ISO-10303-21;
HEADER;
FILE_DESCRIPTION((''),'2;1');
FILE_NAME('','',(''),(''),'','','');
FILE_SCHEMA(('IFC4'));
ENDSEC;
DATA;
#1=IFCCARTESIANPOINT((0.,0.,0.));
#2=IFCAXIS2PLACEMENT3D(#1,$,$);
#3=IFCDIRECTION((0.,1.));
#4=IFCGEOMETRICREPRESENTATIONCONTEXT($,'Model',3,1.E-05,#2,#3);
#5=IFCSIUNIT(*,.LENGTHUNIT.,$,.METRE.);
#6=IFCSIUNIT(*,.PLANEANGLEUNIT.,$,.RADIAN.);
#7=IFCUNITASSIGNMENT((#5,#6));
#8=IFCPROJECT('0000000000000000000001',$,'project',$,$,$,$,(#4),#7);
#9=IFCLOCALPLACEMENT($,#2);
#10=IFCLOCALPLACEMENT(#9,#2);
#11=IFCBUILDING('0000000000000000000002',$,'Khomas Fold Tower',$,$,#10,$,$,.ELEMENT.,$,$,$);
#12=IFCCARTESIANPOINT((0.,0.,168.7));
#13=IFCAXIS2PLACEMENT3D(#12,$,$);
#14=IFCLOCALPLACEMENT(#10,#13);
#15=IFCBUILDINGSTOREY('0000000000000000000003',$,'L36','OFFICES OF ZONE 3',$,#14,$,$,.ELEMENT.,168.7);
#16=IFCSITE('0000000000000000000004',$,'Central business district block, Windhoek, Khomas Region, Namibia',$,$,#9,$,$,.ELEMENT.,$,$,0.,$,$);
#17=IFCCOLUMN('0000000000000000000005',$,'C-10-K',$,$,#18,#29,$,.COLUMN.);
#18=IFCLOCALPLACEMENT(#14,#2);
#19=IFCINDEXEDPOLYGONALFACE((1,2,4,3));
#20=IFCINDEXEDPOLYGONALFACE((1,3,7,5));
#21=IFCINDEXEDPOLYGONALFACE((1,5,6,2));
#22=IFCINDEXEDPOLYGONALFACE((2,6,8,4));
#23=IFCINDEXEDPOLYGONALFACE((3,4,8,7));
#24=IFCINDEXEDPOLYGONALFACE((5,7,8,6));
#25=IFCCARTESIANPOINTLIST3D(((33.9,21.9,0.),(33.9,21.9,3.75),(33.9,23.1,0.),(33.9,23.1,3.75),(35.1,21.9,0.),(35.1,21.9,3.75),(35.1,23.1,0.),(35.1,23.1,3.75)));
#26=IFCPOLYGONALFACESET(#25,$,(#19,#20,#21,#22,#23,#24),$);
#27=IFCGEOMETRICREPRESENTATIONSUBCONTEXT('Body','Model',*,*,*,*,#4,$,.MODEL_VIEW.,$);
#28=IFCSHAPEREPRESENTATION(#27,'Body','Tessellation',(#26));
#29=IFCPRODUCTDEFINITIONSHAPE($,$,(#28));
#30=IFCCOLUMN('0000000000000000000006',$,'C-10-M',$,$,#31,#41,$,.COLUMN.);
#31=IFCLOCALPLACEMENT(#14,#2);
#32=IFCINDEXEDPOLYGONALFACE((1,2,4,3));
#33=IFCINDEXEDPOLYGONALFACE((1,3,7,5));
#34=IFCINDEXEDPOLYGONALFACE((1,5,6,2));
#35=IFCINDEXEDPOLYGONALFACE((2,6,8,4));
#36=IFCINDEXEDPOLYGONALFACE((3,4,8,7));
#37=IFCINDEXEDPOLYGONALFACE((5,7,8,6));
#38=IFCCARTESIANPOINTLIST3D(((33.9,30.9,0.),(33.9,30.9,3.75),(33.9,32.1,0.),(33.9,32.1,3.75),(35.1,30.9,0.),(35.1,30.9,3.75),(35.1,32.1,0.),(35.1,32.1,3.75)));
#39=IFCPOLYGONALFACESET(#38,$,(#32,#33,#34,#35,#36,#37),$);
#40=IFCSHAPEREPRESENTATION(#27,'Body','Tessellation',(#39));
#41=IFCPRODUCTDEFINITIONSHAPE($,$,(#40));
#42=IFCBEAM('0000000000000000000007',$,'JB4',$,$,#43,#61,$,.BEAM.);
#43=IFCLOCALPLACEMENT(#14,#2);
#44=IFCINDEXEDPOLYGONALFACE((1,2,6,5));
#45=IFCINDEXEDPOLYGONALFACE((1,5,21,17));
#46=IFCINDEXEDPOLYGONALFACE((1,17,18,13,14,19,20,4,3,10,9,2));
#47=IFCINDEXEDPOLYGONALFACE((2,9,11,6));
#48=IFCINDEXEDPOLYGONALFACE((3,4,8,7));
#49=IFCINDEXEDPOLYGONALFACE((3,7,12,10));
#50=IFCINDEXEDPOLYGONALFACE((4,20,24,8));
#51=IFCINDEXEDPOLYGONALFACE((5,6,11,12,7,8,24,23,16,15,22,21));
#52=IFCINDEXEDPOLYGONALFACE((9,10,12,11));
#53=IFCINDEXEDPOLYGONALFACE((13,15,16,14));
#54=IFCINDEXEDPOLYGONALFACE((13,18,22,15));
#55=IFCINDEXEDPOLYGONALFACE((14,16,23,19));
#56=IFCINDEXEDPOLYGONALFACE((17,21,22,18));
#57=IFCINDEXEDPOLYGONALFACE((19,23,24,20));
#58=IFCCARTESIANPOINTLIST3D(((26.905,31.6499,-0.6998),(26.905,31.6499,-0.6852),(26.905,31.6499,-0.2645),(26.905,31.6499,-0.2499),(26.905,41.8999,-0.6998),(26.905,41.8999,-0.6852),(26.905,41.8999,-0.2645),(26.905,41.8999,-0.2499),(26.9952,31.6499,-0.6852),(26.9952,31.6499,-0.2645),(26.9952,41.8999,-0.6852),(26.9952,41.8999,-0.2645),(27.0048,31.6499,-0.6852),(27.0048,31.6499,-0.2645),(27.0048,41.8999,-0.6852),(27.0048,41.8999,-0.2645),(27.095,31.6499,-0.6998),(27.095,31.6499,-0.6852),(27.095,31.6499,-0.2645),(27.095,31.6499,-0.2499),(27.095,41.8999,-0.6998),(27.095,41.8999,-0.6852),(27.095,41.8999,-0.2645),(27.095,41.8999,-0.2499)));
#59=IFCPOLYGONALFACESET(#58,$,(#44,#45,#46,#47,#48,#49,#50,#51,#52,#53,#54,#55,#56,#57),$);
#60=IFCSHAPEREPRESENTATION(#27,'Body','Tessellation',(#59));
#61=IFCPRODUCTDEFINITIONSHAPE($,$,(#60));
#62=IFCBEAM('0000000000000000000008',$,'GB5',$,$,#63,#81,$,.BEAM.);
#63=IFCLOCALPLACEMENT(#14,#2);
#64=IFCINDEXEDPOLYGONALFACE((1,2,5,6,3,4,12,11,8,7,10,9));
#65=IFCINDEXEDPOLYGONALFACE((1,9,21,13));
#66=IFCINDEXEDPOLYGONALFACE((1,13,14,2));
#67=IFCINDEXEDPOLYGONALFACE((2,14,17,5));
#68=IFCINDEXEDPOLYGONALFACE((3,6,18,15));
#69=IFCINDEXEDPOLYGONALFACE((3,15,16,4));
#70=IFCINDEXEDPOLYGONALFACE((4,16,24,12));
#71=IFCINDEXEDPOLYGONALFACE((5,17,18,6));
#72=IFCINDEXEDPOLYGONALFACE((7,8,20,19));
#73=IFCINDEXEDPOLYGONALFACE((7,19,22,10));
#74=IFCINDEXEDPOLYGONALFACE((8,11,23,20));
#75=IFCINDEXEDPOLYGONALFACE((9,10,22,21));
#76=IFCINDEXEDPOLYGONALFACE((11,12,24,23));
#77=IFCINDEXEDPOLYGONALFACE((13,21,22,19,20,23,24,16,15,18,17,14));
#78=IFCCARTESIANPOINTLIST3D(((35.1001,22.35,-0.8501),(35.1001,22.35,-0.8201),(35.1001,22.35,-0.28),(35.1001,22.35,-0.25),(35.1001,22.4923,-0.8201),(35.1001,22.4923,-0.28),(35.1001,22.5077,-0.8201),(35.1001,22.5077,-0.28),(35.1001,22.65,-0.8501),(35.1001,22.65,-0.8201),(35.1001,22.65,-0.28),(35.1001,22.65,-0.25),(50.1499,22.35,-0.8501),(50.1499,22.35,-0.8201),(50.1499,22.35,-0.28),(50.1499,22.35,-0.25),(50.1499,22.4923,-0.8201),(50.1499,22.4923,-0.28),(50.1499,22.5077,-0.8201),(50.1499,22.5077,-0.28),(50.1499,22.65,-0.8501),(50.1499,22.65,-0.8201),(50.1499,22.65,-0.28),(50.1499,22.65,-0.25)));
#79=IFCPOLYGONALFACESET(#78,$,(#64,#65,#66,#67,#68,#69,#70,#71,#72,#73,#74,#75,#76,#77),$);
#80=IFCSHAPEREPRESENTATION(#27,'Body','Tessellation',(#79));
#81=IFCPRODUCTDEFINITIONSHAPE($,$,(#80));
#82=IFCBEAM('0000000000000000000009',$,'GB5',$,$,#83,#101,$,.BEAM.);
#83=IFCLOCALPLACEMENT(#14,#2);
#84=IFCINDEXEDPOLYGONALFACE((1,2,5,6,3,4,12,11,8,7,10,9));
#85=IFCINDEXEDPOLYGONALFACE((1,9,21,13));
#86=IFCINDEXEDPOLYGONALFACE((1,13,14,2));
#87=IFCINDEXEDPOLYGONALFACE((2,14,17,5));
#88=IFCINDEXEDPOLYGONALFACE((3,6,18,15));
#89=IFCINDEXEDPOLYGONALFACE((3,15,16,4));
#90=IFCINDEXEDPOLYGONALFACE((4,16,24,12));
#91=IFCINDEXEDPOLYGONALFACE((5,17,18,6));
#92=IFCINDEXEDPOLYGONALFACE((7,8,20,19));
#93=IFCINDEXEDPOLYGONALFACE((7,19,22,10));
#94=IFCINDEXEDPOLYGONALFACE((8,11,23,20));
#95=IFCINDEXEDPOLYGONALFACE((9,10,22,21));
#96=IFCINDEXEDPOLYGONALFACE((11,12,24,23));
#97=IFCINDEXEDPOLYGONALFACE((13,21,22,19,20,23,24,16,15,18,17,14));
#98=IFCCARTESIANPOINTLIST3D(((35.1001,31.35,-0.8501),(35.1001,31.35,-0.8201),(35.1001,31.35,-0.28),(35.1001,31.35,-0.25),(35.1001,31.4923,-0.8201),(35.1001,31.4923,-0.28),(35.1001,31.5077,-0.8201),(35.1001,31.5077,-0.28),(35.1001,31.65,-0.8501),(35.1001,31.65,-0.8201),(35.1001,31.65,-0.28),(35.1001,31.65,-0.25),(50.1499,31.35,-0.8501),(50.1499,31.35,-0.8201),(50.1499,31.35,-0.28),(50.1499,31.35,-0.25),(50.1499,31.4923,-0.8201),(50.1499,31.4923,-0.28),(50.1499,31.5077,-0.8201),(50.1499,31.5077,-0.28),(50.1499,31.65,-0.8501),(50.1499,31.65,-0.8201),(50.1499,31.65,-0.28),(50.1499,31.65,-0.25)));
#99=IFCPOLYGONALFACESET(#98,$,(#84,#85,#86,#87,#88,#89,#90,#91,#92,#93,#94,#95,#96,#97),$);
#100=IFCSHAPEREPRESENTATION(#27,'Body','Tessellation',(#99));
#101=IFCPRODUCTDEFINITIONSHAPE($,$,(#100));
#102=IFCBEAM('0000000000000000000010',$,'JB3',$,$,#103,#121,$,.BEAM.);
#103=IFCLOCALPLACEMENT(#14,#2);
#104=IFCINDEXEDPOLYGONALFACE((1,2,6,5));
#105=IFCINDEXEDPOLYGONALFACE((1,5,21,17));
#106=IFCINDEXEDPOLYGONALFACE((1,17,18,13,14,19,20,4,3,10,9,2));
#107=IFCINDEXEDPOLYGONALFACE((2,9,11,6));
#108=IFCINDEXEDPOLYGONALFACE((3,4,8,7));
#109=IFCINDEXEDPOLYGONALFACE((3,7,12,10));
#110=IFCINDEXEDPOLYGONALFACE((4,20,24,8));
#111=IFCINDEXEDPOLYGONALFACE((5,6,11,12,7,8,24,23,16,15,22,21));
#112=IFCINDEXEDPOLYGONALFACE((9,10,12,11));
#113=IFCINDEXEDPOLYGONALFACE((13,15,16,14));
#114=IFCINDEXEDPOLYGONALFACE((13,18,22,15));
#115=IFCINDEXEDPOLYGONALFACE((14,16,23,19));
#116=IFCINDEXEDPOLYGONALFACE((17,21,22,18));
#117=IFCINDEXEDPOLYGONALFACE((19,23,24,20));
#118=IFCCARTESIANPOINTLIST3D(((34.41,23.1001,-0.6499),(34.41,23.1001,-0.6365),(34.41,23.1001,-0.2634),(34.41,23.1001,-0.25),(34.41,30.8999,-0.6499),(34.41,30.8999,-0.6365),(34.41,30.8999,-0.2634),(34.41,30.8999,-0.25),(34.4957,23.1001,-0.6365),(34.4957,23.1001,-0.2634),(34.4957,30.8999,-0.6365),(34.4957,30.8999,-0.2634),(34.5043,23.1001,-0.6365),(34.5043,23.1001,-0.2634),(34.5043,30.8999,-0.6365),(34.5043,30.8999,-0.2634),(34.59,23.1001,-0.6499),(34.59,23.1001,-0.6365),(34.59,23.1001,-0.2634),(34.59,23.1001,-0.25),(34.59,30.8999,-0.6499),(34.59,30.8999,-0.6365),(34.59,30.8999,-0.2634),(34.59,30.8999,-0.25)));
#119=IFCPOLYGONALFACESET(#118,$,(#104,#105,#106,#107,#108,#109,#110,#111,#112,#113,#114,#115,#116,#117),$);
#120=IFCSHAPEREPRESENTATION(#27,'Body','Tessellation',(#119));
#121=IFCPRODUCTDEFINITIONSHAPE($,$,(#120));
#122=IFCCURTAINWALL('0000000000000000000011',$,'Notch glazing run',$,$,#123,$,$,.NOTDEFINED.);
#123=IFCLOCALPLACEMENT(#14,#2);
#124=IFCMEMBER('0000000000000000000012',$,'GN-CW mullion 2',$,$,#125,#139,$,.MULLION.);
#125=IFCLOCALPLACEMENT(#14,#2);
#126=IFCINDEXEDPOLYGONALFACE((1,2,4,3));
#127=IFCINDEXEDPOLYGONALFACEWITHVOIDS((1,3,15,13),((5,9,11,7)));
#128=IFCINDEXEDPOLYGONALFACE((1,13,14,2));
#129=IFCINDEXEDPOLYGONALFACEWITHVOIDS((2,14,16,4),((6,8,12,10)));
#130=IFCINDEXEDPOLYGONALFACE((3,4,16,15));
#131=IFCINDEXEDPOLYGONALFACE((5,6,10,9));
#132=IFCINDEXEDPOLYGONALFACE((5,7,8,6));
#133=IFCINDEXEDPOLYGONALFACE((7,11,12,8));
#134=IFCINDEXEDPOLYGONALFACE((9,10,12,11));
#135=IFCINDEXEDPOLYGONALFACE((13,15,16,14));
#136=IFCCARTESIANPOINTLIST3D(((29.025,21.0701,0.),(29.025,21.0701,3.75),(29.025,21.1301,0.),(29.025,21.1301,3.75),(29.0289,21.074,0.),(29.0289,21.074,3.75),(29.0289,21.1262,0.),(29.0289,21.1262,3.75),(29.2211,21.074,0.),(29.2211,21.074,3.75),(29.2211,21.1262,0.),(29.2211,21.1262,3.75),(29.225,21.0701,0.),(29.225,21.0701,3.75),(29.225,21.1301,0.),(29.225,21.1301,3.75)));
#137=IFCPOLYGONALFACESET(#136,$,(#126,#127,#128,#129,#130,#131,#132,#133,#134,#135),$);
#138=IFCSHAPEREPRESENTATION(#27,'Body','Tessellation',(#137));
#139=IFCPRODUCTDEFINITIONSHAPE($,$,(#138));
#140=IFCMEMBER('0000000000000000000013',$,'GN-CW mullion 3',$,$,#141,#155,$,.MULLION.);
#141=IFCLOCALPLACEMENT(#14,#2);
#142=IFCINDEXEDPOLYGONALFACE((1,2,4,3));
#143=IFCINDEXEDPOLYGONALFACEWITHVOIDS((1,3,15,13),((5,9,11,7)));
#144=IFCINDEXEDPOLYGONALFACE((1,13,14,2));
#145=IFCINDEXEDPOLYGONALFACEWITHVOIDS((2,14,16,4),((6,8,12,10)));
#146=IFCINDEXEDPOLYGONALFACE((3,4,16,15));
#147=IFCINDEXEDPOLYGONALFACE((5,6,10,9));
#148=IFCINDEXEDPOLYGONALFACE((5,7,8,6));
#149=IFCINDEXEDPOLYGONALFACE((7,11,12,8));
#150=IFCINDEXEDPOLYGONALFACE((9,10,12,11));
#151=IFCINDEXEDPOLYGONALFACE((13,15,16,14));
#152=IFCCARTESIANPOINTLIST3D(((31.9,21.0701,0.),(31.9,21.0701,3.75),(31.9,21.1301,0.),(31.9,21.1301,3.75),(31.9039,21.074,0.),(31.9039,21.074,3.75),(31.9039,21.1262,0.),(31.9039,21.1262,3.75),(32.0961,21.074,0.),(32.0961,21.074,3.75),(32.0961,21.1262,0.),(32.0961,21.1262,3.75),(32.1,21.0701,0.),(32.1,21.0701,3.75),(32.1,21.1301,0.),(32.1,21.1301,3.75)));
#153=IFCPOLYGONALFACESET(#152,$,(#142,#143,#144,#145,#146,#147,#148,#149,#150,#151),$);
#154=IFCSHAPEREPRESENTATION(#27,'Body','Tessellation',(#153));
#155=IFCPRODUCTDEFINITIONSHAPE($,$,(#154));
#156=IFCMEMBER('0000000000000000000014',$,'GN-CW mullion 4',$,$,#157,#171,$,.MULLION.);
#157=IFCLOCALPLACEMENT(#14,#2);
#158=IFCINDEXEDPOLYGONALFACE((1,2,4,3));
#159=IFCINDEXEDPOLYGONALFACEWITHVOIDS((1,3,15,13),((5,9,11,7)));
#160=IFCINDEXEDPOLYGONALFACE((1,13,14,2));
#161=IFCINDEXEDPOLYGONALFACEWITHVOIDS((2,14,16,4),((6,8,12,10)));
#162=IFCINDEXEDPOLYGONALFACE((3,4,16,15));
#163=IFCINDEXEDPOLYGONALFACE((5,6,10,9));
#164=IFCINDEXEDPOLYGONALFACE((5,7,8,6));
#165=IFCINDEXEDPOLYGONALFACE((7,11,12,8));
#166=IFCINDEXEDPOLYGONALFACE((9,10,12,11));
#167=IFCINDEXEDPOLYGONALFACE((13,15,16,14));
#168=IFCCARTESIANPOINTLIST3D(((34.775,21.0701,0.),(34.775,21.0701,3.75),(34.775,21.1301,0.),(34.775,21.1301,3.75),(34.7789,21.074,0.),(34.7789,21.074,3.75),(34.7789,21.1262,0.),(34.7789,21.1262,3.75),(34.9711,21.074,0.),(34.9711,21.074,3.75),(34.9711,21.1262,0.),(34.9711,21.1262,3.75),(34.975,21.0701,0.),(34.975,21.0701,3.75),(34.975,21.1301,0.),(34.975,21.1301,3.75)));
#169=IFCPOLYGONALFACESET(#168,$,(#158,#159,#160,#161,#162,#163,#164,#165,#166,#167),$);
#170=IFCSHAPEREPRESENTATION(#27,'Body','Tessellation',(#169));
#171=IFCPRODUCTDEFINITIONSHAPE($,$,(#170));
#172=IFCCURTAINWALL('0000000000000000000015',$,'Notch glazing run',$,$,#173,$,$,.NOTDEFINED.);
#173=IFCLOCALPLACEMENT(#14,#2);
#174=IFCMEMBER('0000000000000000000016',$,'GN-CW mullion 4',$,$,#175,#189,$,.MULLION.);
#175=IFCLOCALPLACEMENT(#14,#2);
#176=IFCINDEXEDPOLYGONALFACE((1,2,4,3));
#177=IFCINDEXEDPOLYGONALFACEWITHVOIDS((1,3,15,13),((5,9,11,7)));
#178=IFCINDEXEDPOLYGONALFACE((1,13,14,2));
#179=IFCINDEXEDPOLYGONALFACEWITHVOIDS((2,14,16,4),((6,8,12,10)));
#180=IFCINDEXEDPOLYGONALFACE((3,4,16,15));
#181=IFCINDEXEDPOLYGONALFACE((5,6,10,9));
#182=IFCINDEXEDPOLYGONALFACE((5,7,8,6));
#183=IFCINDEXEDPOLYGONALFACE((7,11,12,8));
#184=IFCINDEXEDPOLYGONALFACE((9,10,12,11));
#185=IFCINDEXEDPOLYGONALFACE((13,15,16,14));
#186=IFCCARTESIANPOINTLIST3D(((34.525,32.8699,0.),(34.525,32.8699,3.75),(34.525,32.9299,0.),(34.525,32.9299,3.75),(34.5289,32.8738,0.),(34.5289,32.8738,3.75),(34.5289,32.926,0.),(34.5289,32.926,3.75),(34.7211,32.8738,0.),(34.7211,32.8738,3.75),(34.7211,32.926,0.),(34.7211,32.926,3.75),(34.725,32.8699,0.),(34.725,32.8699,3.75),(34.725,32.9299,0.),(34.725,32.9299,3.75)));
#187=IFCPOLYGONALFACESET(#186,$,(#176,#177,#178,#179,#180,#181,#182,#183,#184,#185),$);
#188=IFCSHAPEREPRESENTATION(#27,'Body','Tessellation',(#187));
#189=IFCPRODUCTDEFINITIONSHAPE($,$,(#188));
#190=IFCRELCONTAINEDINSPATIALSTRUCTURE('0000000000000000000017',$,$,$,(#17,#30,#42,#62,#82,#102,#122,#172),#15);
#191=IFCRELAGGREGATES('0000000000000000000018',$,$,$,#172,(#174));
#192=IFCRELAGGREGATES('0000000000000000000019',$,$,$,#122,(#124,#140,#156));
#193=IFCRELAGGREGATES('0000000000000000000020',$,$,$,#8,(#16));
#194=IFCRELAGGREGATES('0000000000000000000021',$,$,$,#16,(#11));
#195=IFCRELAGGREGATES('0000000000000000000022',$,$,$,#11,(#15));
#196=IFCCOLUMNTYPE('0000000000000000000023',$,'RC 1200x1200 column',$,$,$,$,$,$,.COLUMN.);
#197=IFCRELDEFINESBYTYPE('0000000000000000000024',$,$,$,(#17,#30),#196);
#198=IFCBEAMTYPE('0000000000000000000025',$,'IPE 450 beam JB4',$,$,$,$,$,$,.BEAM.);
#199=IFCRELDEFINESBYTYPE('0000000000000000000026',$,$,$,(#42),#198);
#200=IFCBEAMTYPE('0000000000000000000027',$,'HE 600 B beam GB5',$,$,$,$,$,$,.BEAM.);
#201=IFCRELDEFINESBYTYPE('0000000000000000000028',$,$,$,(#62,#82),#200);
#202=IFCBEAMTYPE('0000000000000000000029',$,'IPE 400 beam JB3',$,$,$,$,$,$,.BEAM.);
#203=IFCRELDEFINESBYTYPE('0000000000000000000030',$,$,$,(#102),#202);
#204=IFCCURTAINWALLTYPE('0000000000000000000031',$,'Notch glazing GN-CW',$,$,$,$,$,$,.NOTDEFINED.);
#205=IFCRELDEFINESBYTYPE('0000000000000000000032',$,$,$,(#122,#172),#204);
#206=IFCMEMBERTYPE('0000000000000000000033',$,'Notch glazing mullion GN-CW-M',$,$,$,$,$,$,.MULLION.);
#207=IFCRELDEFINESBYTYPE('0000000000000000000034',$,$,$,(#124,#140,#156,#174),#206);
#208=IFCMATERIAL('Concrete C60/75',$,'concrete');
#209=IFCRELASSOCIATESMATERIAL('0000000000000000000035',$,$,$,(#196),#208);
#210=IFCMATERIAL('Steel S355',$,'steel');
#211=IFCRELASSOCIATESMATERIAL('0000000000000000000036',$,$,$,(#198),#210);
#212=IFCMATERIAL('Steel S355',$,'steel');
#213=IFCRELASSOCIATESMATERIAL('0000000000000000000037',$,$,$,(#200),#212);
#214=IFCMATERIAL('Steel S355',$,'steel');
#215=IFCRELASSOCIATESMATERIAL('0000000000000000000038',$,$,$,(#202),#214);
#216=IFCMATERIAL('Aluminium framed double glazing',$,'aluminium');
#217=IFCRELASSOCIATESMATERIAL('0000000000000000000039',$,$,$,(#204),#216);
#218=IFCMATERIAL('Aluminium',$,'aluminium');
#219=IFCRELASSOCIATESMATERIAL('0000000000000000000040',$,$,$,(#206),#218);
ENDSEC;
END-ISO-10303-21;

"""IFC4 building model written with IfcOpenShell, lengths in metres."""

from ifc_helpers import new_model, si_unit, direction, frame, origin, origin_2d, place, context, subcontext, project, spatial, rectangle, hollow_rectangle, i_section, extrude, source, transform, mapped, material, material_profile, profile_set, type_object, element, aggregate, save


model = new_model("IFC4")

# Units and contexts
model_context = context("Model", 3, precision=1e-05, world=origin(), true_north=direction((0.0, 1.0)))
body_context = subcontext(model_context, "Body", "Model", "MODEL_VIEW")
ifc_project = project(units=[si_unit("LENGTHUNIT", "METRE"), si_unit("PLANEANGLEUNIT", "RADIAN")], contexts=[model_context])

# Site, building, storey
site_placement = place(None, origin())
site = spatial("IfcSite", under=ifc_project, at=site_placement, Name="Central business district block, Windhoek, Khomas Region, Namibia", CompositionType="ELEMENT", RefElevation=0.0)
building_placement = place(site_placement, origin())
building = spatial("IfcBuilding", under=site, at=building_placement, Name="Khomas Fold Tower", CompositionType="ELEMENT")
storey_placement = place(building_placement, frame((0.0, 0.0, 168.7)))
storey = spatial("IfcBuildingStorey", under=building, at=storey_placement, Name="L36", Description="OFFICES OF ZONE 3", CompositionType="ELEMENT", Elevation=168.7)

# Columns
ifc_material_1 = material(Name="Concrete C60/75", Category="concrete")
ifc_material_profile_1 = material_profile(ifc_material_1, rectangle(XDim=1.2, YDim=1.2, at=origin_2d()), Name="RC 1200x1200")
ifc_profile_set_1 = profile_set([ifc_material_profile_1], Name="Concrete C60/75")
column_type = type_object("IfcColumnType", Name="RC 1200x1200 column", PredefinedType="COLUMN", material=ifc_profile_set_1)
shared_shape_1 = source(origin(), body_context, "Body", "SweptSolid", [
    extrude(rectangle(XDim=1.2, YDim=1.2, at=origin_2d()), origin(), (0.0, 0.0, 1.0), 3.75),
])
for number, where, z_axis, x_axis, name in (
    (1, (34.5, 22.5, 0.0), (0.0, 0.0, 1.0), (1.0, 0.0, 0.0), "C-10-K"),
    (2, (34.5, 31.5, 0.0), (0.0, 0.0, 1.0), (1.0, 0.0, 0.0), "C-10-M"),
):
    element("IfcColumn", number, at=place(storey_placement, frame(where, z_axis=z_axis, x_axis=x_axis)), inside=storey, type_object=column_type, Name=name, PredefinedType="COLUMN", context=body_context, shape_type="MappedRepresentation", body=[
        mapped(shared_shape_1, transform((0.0, 0.0, 0.0))),
    ])

# Beams
ifc_material_2 = material(Name="Steel S355", Category="steel")
ifc_material_profile_2 = material_profile(ifc_material_2, i_section(OverallWidth=0.1899, OverallDepth=0.45, WebThickness=0.0095, FlangeThickness=0.0146, at=origin_2d()), Name="IPE 450")
ifc_profile_set_2 = profile_set([ifc_material_profile_2], Name="Steel S355")
beam_type_1 = type_object("IfcBeamType", Name="IPE 450 beam JB4", PredefinedType="BEAM", material=ifc_profile_set_2)
shared_shape_2 = source(origin(), body_context, "Body", "SweptSolid", [
    extrude(i_section(OverallWidth=0.1899, OverallDepth=0.45, WebThickness=0.0095, FlangeThickness=0.0146, at=origin_2d()), origin(), (0.0, 0.0, 1.0), 10.25),
])
beam_1_placement = place(storey_placement, frame((27.0, 31.6499, -0.4749), z_axis=(0.0, 1.0, 0.0), x_axis=(-1.0, 0.0, 0.0)))
element("IfcBeam", 3, at=beam_1_placement, inside=storey, type_object=beam_type_1, Name="JB4", PredefinedType="BEAM", context=body_context, shape_type="MappedRepresentation", body=[
    mapped(shared_shape_2, transform((0.0, 0.0, 0.0))),
])
ifc_material_3 = material(Name="Steel S355", Category="steel")
ifc_material_profile_3 = material_profile(ifc_material_3, i_section(OverallWidth=0.3, OverallDepth=0.6001, WebThickness=0.0154, FlangeThickness=0.03, at=origin_2d()), Name="HE 600 B")
ifc_profile_set_3 = profile_set([ifc_material_profile_3], Name="Steel S355")
beam_type_2 = type_object("IfcBeamType", Name="HE 600 B beam GB5", PredefinedType="BEAM", material=ifc_profile_set_3)
shared_shape_3 = source(origin(), body_context, "Body", "SweptSolid", [
    extrude(i_section(OverallWidth=0.3, OverallDepth=0.6001, WebThickness=0.0154, FlangeThickness=0.03, at=origin_2d()), origin(), (0.0, 0.0, 1.0), 15.0498),
])
for number, where, z_axis, x_axis, name in (
    (4, (35.1001, 22.5, -0.55), (1.0, 0.0, 0.0), (0.0, 1.0, 0.0), "GB5"),
    (5, (35.1001, 31.5, -0.55), (1.0, 0.0, 0.0), (0.0, 1.0, 0.0), "GB5"),
):
    element("IfcBeam", number, at=place(storey_placement, frame(where, z_axis=z_axis, x_axis=x_axis)), inside=storey, type_object=beam_type_2, Name=name, PredefinedType="BEAM", context=body_context, shape_type="MappedRepresentation", body=[
        mapped(shared_shape_3, transform((0.0, 0.0, 0.0))),
    ])
ifc_material_4 = material(Name="Steel S355", Category="steel")
ifc_material_profile_4 = material_profile(ifc_material_4, i_section(OverallWidth=0.1799, OverallDepth=0.3999, WebThickness=0.0085, FlangeThickness=0.0134, at=origin_2d()), Name="IPE 400")
ifc_profile_set_4 = profile_set([ifc_material_profile_4], Name="Steel S355")
beam_type_3 = type_object("IfcBeamType", Name="IPE 400 beam JB3", PredefinedType="BEAM", material=ifc_profile_set_4)
shared_shape_4 = source(origin(), body_context, "Body", "SweptSolid", [
    extrude(i_section(OverallWidth=0.1799, OverallDepth=0.3999, WebThickness=0.0085, FlangeThickness=0.0134, at=origin_2d()), origin(), (0.0, 0.0, 1.0), 7.7998),
])
beam_2_placement = place(storey_placement, frame((34.5, 23.1001, -0.45), z_axis=(0.0, 1.0, 0.0), x_axis=(-1.0, 0.0, 0.0)))
element("IfcBeam", 6, at=beam_2_placement, inside=storey, type_object=beam_type_3, Name="JB3", PredefinedType="BEAM", context=body_context, shape_type="MappedRepresentation", body=[
    mapped(shared_shape_4, transform((0.0, 0.0, 0.0))),
])

# Curtain walls, members
ifc_material_5 = material(Name="Aluminium framed double glazing", Category="aluminium")
curtain_wall_type = type_object("IfcCurtainWallType", Name="Notch glazing GN-CW", PredefinedType="NOTDEFINED", material=ifc_material_5)
curtain_wall_1_placement = place(storey_placement, origin())
curtain_wall_1 = element("IfcCurtainWall", 7, at=curtain_wall_1_placement, inside=storey, type_object=curtain_wall_type, Name="Notch glazing run", PredefinedType="NOTDEFINED")
ifc_material_6 = material(Name="Aluminium", Category="aluminium")
ifc_material_profile_5 = material_profile(ifc_material_6, hollow_rectangle(XDim=0.0601, YDim=0.2, WallThickness=0.0039, at=origin_2d()), Name="Notch glazing mullion GN-CW-M")
ifc_profile_set_5 = profile_set([ifc_material_profile_5], Name="Aluminium")
member_type_1 = type_object("IfcMemberType", Name="Notch glazing mullion GN-CW-M", PredefinedType="MULLION", material=ifc_profile_set_5)
shared_shape_5 = source(origin(), body_context, "Body", "SweptSolid", [
    extrude(hollow_rectangle(XDim=0.0601, YDim=0.2, WallThickness=0.0039, at=origin_2d()), origin(), (0.0, 0.0, 1.0), 3.75),
])
member_1_placement = place(storey_placement, frame((29.125, 21.1001, 0.0), z_axis=(0.0, 0.0, 1.0), x_axis=(0.0, 1.0, 0.0)))
member_1 = element("IfcMember", 8, at=member_1_placement, type_object=member_type_1, Name="GN-CW mullion 2", PredefinedType="MULLION", context=body_context, shape_type="MappedRepresentation", body=[
    mapped(shared_shape_5, transform((0.0, 0.0, 0.0))),
])
member_2_placement = place(storey_placement, frame((32.0, 21.1001, 0.0), z_axis=(0.0, 0.0, 1.0), x_axis=(0.0, 1.0, 0.0)))
member_2 = element("IfcMember", 9, at=member_2_placement, type_object=member_type_1, Name="GN-CW mullion 3", PredefinedType="MULLION", context=body_context, shape_type="MappedRepresentation", body=[
    mapped(shared_shape_5, transform((0.0, 0.0, 0.0))),
])
member_3_placement = place(storey_placement, frame((34.875, 21.1001, 0.0), z_axis=(0.0, 0.0, 1.0), x_axis=(0.0, 1.0, 0.0)))
member_3 = element("IfcMember", 10, at=member_3_placement, type_object=member_type_1, Name="GN-CW mullion 4", PredefinedType="MULLION", context=body_context, shape_type="MappedRepresentation", body=[
    mapped(shared_shape_5, transform((0.0, 0.0, 0.0))),
])
curtain_wall_2_placement = place(storey_placement, origin())
curtain_wall_2 = element("IfcCurtainWall", 11, at=curtain_wall_2_placement, inside=storey, type_object=curtain_wall_type, Name="Notch glazing run", PredefinedType="NOTDEFINED")
member_4_placement = place(storey_placement, frame((34.625, 32.8999, 0.0), z_axis=(0.0, 0.0, 1.0), x_axis=(0.0, -1.0, 0.0)))
member_4 = element("IfcMember", 12, at=member_4_placement, type_object=member_type_1, Name="GN-CW mullion 4", PredefinedType="MULLION", context=body_context, shape_type="MappedRepresentation", body=[
    mapped(shared_shape_5, transform((0.0, 0.0, 0.0))),
])

aggregate(curtain_wall_2, [member_4])
aggregate(curtain_wall_1, [member_1, member_2, member_3])

save(model, "model.ifc")
